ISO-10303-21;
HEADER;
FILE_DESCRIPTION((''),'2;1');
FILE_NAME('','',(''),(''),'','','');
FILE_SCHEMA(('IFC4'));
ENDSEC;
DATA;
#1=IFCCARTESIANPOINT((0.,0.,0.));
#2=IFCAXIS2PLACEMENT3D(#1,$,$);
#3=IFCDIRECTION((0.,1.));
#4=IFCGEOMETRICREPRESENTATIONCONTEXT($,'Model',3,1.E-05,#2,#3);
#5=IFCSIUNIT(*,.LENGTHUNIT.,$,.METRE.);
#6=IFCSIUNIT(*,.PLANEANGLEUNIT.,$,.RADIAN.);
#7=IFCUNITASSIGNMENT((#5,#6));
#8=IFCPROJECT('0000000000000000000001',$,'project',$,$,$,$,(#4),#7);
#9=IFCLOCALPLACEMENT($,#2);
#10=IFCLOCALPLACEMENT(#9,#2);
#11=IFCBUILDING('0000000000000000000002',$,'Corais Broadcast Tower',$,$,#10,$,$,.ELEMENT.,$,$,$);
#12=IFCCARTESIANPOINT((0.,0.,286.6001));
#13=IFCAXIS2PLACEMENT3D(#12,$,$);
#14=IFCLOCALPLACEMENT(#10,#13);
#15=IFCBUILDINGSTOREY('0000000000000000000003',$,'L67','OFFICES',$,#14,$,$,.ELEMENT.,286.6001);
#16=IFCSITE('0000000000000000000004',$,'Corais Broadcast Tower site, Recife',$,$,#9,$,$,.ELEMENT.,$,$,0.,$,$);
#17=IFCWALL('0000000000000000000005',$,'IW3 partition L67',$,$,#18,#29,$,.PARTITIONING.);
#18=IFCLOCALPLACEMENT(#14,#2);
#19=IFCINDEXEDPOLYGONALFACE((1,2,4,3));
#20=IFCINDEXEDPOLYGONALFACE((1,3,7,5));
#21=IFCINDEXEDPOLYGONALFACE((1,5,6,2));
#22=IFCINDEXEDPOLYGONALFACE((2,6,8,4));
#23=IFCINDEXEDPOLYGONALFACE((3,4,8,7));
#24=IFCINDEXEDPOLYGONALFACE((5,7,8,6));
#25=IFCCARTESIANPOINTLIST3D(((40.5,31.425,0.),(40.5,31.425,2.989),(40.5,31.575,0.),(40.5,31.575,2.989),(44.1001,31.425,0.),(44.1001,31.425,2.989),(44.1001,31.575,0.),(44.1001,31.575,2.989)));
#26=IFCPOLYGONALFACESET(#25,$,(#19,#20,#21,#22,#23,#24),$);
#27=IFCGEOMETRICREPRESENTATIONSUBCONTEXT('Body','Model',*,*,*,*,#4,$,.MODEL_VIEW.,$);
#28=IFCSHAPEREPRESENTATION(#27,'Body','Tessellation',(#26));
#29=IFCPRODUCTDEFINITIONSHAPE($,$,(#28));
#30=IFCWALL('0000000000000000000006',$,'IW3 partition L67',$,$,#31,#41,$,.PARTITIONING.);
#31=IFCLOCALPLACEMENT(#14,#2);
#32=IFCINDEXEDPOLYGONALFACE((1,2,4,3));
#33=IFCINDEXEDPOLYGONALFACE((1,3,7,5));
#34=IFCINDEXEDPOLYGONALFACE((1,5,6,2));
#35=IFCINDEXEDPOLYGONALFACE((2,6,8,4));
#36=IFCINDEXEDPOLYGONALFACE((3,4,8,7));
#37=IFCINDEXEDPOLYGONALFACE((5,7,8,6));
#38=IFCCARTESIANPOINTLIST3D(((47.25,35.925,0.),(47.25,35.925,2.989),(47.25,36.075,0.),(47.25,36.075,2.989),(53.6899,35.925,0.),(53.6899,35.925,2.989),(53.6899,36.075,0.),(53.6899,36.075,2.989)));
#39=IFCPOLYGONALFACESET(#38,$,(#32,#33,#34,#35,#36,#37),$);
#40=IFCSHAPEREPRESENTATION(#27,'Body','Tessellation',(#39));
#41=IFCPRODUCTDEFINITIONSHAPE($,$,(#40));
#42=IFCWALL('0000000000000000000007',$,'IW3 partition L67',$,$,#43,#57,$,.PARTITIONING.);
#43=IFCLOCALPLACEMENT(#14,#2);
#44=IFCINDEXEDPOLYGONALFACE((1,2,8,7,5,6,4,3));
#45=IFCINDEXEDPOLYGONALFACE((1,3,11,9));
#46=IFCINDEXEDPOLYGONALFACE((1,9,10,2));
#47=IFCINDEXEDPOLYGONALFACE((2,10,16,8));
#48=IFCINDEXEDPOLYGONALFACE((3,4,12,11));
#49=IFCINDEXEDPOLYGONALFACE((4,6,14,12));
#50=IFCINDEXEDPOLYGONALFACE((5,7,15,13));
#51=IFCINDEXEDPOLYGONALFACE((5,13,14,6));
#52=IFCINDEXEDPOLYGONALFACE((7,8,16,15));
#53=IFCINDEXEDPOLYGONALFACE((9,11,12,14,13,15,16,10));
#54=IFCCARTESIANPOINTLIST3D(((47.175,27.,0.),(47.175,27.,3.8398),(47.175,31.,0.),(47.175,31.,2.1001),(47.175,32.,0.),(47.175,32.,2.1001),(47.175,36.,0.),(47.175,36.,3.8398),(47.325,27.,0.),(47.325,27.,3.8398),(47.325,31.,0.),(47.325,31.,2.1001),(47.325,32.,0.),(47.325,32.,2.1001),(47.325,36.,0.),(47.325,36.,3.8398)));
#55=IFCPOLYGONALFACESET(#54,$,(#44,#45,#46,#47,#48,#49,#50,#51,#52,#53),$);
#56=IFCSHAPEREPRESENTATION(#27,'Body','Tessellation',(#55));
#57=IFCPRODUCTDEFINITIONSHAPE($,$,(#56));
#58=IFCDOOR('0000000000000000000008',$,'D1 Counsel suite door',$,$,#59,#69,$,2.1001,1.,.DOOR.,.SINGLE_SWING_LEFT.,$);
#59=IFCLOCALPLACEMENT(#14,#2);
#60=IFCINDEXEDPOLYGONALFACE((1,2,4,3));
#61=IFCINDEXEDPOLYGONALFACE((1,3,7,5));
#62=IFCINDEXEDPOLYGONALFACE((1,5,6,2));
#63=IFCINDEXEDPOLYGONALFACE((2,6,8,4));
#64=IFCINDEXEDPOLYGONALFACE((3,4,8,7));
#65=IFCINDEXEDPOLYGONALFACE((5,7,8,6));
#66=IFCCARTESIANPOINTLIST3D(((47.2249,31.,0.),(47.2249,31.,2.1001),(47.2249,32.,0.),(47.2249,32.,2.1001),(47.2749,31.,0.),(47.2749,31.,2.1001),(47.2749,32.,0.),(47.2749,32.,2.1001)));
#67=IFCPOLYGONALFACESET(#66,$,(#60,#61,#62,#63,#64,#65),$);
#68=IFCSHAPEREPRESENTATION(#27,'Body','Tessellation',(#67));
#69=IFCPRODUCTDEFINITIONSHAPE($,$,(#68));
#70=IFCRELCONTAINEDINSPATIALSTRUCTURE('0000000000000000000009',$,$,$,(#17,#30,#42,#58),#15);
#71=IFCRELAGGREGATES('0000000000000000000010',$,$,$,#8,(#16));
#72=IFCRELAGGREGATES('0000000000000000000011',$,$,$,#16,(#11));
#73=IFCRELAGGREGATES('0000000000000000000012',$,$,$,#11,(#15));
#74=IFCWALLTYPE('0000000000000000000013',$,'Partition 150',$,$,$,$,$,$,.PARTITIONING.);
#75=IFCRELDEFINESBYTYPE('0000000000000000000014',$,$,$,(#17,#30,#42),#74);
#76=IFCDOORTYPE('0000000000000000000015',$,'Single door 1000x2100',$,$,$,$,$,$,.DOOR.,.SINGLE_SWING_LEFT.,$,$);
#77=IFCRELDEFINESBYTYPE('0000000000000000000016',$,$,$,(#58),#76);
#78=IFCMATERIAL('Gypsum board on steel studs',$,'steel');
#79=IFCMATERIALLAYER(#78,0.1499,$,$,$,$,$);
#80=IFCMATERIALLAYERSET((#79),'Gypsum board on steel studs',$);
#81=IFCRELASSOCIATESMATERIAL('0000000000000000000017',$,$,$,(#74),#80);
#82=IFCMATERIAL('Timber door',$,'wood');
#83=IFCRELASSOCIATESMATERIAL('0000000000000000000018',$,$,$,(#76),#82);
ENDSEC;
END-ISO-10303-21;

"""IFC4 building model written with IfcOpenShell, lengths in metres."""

from ifc_helpers import new_model, si_unit, direction, frame, frame_2d, origin, place, context, subcontext, project, spatial, rectangle, extrude, material, layer, layer_set, type_object, element, fill, save


model = new_model("IFC4")

# Units and contexts
model_context = context("Model", 3, precision=1e-05, world=origin(), true_north=direction((0.0, 1.0)))
body_context = subcontext(model_context, "Body", "Model", "MODEL_VIEW")
ifc_project = project(units=[si_unit("LENGTHUNIT", "METRE"), si_unit("PLANEANGLEUNIT", "RADIAN")], contexts=[model_context])

# Site, building, storey
site_placement = place(None, origin())
site = spatial("IfcSite", under=ifc_project, at=site_placement, Name="Corais Broadcast Tower site, Recife", CompositionType="ELEMENT", RefElevation=0.0)
building_placement = place(site_placement, origin())
building = spatial("IfcBuilding", under=site, at=building_placement, Name="Corais Broadcast Tower", CompositionType="ELEMENT")
storey_placement = place(building_placement, frame((0.0, 0.0, 286.6001)))
storey = spatial("IfcBuildingStorey", under=building, at=storey_placement, Name="L67", Description="OFFICES", CompositionType="ELEMENT", Elevation=286.6001)

# Shared definitions
ifc_material_1 = material(Name="Gypsum board on steel studs", Category="steel")
ifc_layer_1 = layer(ifc_material_1, 0.1499)
ifc_layer_set_1 = layer_set([ifc_layer_1], Name="Gypsum board on steel studs")
wall_type = type_object("IfcWallType", Name="Partition 150", PredefinedType="PARTITIONING", material=ifc_layer_set_1)
ifc_material_2 = material(Name="Timber door", Category="wood")
door_type = type_object("IfcDoorType", Name="Single door 1000x2100", OperationType="SINGLE_SWING_LEFT", PredefinedType="DOOR", material=ifc_material_2)

# Walls
wall_1_placement = place(storey_placement, frame((44.1001, 31.5, 0.0), z_axis=(0.0, 0.0, 1.0), x_axis=(-1.0, 0.0, 0.0)))
element("IfcWall", 1, at=wall_1_placement, inside=storey, type_object=wall_type, Name="IW3 partition L67", PredefinedType="PARTITIONING", context=body_context, shape_type="SweptSolid", body=[
    extrude(rectangle(XDim=3.6001, YDim=0.1499, at=frame_2d((1.8, 0.0))), origin(), (0.0, 0.0, 1.0), 2.989),
])
wall_2_placement = place(storey_placement, frame((53.6899, 36.0, 0.0), z_axis=(0.0, 0.0, 1.0), x_axis=(-1.0, 0.0, 0.0)))
element("IfcWall", 2, at=wall_2_placement, inside=storey, type_object=wall_type, Name="IW3 partition L67", PredefinedType="PARTITIONING", context=body_context, shape_type="SweptSolid", body=[
    extrude(rectangle(XDim=6.4399, YDim=0.1499, at=frame_2d((3.22, 0.0))), origin(), (0.0, 0.0, 1.0), 2.989),
])

# Wall, opening, door
wall_3_placement = place(storey_placement, frame((47.25, 36.0, 0.0), z_axis=(0.0, 0.0, 1.0), x_axis=(0.0, -1.0, 0.0)))
wall_3 = element("IfcWall", 3, at=wall_3_placement, inside=storey, type_object=wall_type, Name="IW3 partition L67", PredefinedType="PARTITIONING", context=body_context, shape_type="SweptSolid", body=[
    extrude(rectangle(XDim=9.0, YDim=0.1499, at=frame_2d((4.5, 0.0))), origin(), (0.0, 0.0, 1.0), 3.8398),
])
opening_1_placement = place(wall_3_placement, frame((4.0, 0.0, 0.0)))
opening_1 = element("IfcOpeningElement", 4, at=opening_1_placement, cuts=wall_3, PredefinedType="OPENING", context=body_context, shape_type="SweptSolid", body=[
    extrude(rectangle(XDim=1.0, YDim=2.1001, at=frame_2d((0.5, 1.05))), frame((0.0, 0.085, 0.0), z_axis=(0.0, -1.0, 0.0), x_axis=(1.0, 0.0, 0.0)), (0.0, 0.0, 1.0), 0.1699),
])
door_1_placement = place(opening_1_placement, origin())
door_1 = element("IfcDoor", 5, at=door_1_placement, inside=storey, type_object=door_type, Name="D1 Counsel suite door", OperationType="SINGLE_SWING_LEFT", OverallHeight=2.1001, OverallWidth=1.0, PredefinedType="DOOR", context=body_context, shape_type="SweptSolid", body=[
    extrude(rectangle(XDim=1.0, YDim=2.1001, at=frame_2d((0.5, 1.05))), frame((0.0, 0.0249, 0.0), z_axis=(0.0, -1.0, 0.0), x_axis=(1.0, 0.0, 0.0)), (0.0, 0.0, 1.0), 0.05),
])
fill(opening_1, door_1)

save(model, "model.ifc")
